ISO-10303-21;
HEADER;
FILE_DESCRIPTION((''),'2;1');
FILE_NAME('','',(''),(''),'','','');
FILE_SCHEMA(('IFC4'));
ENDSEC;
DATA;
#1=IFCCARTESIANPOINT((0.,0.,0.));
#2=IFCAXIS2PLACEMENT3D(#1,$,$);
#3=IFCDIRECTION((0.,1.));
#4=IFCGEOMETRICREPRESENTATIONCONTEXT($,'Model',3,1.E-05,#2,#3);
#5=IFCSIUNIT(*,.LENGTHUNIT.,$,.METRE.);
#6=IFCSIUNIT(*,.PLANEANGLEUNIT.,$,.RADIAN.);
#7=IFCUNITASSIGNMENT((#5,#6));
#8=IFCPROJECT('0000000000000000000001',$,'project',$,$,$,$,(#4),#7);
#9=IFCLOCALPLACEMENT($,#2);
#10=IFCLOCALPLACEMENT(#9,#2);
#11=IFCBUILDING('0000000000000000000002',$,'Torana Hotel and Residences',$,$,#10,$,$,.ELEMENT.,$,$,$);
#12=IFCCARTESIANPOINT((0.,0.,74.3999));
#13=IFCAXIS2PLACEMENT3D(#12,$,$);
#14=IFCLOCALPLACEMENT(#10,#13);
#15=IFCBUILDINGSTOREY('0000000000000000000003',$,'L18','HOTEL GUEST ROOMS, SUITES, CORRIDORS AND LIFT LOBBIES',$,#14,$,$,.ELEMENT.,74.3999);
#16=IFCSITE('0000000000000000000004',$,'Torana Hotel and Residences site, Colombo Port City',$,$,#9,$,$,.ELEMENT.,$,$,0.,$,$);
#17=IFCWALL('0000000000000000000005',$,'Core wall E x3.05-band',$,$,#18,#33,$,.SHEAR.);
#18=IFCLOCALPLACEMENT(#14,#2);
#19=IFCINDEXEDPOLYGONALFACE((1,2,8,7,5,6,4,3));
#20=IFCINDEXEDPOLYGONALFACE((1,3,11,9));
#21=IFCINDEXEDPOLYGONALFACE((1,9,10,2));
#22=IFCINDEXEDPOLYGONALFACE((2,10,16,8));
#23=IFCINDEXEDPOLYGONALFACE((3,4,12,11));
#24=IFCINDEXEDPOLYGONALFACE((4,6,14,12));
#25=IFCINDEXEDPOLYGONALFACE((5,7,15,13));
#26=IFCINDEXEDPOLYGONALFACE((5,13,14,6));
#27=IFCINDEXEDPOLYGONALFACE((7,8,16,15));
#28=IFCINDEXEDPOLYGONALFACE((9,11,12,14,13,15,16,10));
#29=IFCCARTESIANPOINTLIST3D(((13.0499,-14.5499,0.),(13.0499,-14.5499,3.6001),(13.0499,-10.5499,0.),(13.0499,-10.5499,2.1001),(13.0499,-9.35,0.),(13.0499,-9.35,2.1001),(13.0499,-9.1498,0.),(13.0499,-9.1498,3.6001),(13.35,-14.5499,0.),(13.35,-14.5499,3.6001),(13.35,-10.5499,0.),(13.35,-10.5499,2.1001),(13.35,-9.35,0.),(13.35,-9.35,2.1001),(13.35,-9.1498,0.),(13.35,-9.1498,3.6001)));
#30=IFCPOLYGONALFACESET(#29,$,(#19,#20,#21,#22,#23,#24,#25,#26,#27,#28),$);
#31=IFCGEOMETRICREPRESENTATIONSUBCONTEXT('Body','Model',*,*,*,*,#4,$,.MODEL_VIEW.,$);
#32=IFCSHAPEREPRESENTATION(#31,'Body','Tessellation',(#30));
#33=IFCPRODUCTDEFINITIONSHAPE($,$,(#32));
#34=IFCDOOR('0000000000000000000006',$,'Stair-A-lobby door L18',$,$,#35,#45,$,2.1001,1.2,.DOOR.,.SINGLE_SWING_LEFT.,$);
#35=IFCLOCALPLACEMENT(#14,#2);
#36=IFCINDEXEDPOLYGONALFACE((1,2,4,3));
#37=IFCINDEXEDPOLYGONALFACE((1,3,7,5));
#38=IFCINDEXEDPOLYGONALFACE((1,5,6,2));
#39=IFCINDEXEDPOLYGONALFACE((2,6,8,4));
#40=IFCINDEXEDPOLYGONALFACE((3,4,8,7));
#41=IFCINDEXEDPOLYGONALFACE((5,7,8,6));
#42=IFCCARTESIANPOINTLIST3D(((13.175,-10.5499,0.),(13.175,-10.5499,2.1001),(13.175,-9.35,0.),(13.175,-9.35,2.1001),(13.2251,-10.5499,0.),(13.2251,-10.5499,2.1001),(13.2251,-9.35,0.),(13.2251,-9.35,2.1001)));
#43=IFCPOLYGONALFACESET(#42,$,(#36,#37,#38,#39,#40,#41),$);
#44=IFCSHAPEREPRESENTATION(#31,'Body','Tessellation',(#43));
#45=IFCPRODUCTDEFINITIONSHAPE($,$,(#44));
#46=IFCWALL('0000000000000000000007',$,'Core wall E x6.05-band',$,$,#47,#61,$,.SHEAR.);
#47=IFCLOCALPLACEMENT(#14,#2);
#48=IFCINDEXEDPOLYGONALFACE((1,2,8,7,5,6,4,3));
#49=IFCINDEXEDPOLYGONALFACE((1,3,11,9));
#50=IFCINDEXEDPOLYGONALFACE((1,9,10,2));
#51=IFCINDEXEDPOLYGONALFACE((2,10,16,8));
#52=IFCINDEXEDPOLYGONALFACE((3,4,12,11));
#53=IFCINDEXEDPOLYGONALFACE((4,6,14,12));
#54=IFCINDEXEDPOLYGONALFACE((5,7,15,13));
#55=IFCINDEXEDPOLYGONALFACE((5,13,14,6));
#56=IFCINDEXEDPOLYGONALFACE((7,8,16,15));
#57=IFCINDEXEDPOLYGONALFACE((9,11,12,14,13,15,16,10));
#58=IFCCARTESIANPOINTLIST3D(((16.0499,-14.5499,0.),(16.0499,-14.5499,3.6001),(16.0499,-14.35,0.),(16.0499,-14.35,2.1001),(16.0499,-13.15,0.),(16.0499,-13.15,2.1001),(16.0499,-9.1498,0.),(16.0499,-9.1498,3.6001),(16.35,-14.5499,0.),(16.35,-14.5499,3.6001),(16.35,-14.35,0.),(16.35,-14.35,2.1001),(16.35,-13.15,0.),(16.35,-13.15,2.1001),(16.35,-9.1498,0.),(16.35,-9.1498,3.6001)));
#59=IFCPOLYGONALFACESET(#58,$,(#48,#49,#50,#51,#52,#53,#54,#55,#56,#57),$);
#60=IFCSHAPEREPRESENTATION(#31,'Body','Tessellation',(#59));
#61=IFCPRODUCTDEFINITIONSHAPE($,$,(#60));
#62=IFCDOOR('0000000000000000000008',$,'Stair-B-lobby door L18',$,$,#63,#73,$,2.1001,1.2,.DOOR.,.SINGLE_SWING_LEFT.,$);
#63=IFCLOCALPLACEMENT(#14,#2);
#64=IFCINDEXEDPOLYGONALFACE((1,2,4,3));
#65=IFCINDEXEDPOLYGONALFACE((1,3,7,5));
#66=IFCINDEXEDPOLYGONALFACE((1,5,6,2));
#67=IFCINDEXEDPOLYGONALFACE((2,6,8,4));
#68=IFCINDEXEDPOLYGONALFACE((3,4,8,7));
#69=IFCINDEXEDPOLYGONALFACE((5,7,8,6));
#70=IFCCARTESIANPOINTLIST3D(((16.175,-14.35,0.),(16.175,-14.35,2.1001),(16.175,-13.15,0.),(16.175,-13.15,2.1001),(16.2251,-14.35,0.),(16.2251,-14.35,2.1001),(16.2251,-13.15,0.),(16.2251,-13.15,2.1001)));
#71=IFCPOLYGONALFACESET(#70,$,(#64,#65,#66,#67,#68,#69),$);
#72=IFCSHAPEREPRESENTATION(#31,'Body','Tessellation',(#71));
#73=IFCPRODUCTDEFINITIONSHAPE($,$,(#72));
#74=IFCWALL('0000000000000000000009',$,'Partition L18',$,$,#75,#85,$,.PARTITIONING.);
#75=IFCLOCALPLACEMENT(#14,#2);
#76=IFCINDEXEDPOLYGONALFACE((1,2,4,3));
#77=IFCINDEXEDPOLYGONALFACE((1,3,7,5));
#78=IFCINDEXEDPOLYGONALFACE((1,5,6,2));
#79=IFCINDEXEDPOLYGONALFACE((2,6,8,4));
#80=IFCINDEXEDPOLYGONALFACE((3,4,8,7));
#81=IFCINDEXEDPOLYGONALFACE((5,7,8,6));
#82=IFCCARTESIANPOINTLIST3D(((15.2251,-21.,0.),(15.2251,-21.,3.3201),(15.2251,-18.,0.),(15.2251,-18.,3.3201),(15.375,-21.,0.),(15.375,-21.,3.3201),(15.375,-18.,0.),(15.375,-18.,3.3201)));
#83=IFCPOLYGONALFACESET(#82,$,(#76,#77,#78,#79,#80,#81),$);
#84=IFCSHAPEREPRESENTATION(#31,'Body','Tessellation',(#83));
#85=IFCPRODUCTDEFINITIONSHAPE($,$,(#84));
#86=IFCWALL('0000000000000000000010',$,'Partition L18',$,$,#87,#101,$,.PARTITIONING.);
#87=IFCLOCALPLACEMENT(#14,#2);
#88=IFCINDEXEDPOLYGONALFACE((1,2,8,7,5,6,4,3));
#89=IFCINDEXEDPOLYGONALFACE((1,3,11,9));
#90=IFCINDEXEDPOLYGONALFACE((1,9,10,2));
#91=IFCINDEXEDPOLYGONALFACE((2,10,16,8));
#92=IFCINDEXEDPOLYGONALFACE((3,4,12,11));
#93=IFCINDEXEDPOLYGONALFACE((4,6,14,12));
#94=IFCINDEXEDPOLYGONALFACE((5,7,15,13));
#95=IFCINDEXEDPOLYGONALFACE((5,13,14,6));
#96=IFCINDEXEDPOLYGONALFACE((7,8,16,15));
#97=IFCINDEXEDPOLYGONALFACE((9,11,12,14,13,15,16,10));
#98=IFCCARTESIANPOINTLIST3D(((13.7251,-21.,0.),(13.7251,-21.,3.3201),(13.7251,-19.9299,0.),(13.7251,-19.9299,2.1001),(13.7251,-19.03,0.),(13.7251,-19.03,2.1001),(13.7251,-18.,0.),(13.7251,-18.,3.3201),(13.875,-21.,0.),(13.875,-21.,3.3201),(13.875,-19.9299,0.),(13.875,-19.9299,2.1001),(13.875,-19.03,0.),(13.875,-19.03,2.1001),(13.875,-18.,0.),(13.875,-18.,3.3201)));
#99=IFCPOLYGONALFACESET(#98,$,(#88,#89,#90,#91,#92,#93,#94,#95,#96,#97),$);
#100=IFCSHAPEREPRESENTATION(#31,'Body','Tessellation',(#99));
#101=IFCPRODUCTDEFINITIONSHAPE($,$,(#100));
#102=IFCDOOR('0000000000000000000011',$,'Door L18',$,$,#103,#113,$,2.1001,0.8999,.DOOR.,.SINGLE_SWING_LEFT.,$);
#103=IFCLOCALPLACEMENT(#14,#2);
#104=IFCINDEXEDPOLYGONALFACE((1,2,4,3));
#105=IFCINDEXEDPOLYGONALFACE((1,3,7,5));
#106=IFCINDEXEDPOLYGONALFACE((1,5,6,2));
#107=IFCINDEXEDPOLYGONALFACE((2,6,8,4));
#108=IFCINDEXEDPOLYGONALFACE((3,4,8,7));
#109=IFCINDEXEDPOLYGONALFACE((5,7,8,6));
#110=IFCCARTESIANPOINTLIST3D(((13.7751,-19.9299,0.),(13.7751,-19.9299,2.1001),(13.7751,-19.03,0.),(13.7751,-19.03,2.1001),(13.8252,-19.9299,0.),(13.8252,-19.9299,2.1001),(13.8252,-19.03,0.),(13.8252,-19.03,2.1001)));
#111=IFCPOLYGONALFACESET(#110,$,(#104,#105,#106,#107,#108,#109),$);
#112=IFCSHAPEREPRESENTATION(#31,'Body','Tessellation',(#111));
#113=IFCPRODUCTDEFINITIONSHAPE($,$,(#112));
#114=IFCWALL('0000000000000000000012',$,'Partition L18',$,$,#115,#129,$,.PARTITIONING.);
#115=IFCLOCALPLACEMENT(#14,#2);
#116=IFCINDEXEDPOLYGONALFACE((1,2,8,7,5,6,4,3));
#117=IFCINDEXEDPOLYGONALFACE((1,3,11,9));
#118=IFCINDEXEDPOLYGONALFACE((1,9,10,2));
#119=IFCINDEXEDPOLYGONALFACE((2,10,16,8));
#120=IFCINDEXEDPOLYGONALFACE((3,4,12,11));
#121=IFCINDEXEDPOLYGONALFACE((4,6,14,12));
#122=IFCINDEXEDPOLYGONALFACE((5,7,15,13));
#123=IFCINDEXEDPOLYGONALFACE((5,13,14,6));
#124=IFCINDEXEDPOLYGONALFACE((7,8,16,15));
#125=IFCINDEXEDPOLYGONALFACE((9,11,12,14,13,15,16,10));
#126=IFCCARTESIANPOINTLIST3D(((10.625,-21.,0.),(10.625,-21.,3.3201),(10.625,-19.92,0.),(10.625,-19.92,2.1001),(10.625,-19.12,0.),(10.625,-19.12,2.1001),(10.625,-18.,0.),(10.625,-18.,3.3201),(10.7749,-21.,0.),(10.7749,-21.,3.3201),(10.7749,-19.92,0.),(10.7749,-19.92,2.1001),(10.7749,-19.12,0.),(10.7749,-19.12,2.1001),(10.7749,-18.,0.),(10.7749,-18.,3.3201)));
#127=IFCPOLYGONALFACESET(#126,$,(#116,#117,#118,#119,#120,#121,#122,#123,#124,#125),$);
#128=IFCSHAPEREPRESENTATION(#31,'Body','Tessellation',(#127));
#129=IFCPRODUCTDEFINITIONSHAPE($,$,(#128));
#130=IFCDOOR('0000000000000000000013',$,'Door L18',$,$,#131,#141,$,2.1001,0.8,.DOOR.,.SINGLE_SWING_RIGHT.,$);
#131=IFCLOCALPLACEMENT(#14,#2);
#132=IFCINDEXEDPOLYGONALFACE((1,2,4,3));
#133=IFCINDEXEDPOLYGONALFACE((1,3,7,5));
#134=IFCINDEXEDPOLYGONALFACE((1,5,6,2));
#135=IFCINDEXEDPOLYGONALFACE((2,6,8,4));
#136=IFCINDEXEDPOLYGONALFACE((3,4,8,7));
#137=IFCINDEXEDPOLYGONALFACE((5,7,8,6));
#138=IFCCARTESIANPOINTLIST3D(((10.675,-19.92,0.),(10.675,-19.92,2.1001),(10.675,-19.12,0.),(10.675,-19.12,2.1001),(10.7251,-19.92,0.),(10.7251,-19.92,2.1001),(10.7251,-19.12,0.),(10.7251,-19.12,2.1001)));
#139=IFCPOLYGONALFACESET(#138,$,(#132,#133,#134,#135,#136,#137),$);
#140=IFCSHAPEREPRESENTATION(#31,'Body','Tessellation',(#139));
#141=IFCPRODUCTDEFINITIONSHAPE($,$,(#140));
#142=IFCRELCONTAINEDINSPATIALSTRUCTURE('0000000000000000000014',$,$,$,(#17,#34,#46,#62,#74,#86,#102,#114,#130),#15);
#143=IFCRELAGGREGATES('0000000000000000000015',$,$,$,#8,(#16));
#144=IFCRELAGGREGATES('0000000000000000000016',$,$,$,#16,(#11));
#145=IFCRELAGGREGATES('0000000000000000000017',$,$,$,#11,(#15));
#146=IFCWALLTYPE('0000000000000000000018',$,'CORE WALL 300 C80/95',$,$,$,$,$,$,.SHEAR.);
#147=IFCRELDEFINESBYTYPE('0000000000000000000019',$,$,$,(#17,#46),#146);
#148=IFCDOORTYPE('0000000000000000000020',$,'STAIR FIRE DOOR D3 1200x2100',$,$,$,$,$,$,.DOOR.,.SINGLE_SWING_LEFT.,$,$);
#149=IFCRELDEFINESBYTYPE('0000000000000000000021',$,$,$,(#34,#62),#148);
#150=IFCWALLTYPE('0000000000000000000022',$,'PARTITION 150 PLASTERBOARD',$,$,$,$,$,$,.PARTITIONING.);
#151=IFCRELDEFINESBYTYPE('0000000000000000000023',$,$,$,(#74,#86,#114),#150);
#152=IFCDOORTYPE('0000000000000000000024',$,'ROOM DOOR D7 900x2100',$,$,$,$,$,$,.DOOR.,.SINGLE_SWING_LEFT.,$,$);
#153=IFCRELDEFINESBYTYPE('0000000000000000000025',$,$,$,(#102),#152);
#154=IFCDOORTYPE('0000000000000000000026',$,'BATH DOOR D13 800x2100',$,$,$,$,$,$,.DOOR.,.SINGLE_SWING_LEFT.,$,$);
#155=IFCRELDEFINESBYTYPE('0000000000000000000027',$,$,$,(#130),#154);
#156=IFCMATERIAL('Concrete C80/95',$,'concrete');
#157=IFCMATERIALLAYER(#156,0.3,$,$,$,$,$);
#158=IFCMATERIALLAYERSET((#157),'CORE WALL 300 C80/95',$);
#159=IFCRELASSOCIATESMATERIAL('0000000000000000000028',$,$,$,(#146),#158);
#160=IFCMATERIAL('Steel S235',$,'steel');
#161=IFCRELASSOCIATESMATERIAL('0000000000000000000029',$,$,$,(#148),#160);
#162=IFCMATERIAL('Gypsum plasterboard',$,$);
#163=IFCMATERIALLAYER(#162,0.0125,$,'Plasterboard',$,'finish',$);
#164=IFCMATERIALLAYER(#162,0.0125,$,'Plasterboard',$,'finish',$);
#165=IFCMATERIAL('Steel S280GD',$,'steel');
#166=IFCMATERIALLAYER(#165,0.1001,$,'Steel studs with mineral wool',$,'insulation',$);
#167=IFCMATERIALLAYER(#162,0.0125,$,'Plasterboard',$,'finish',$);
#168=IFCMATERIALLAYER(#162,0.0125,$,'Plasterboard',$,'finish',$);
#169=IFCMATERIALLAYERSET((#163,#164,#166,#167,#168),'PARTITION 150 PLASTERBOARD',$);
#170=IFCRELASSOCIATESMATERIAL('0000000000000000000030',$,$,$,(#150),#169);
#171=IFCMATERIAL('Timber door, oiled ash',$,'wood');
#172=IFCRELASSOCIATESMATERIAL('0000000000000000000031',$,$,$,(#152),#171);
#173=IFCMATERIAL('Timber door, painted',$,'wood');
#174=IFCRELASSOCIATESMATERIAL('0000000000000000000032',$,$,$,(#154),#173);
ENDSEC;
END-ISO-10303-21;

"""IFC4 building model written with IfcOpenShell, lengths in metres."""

from ifc_helpers import new_model, si_unit, direction, frame, frame_2d, origin, place, context, subcontext, project, spatial, rectangle, extrude, material, layer, layer_set, type_object, element, fill, save


model = new_model("IFC4")

# Units and contexts
model_context = context("Model", 3, precision=1e-05, world=origin(), true_north=direction((0.0, 1.0)))
body_context = subcontext(model_context, "Body", "Model", "MODEL_VIEW")
ifc_project = project(units=[si_unit("LENGTHUNIT", "METRE"), si_unit("PLANEANGLEUNIT", "RADIAN")], contexts=[model_context])

# Site, building, storey
site_placement = place(None, origin())
site = spatial("IfcSite", under=ifc_project, at=site_placement, Name="Torana Hotel and Residences site, Colombo Port City", CompositionType="ELEMENT", RefElevation=0.0)
building_placement = place(site_placement, origin())
building = spatial("IfcBuilding", under=site, at=building_placement, Name="Torana Hotel and Residences", CompositionType="ELEMENT")
storey_placement = place(building_placement, frame((0.0, 0.0, 74.3999)))
storey = spatial("IfcBuildingStorey", under=building, at=storey_placement, Name="L18", Description="HOTEL GUEST ROOMS, SUITES, CORRIDORS AND LIFT LOBBIES", CompositionType="ELEMENT", Elevation=74.3999)

# Walls, openings, doors
ifc_material_1 = material(Name="Concrete C80/95", Category="concrete")
ifc_layer_1 = layer(ifc_material_1, 0.3)
ifc_layer_set_1 = layer_set([ifc_layer_1], Name="CORE WALL 300 C80/95")
wall_type_1 = type_object("IfcWallType", Name="CORE WALL 300 C80/95", PredefinedType="SHEAR", material=ifc_layer_set_1)
wall_1_placement = place(storey_placement, frame((13.2, -14.55, 0.0), z_axis=(0.0, 0.0, 1.0), x_axis=(0.0, 1.0, 0.0)))
wall_1 = element("IfcWall", 1, at=wall_1_placement, inside=storey, type_object=wall_type_1, Name="Core wall E x3.05-band", PredefinedType="SHEAR", context=body_context, shape_type="SweptSolid", body=[
    extrude(rectangle(XDim=5.4001, YDim=0.3, at=frame_2d((2.7002, 0.0))), origin(), (0.0, 0.0, 1.0), 3.6001),
])
opening_1_placement = place(wall_1_placement, frame((4.0, 0.0, 0.0)))
opening_1 = element("IfcOpeningElement", 2, at=opening_1_placement, cuts=wall_1, PredefinedType="OPENING", context=body_context, shape_type="SweptSolid", body=[
    extrude(rectangle(XDim=1.2, YDim=2.1001, at=frame_2d((0.6001, 1.05))), frame((0.0, 0.1599, 0.0), z_axis=(0.0, -1.0, 0.0), x_axis=(1.0, 0.0, 0.0)), (0.0, 0.0, 1.0), 0.3201),
])
ifc_material_2 = material(Name="Steel S235", Category="steel")
door_type_1 = type_object("IfcDoorType", Name="STAIR FIRE DOOR D3 1200x2100", OperationType="SINGLE_SWING_LEFT", PredefinedType="DOOR", material=ifc_material_2)
door_1_placement = place(opening_1_placement, origin())
door_1 = element("IfcDoor", 3, at=door_1_placement, inside=storey, type_object=door_type_1, Name="Stair-A-lobby door L18", OperationType="SINGLE_SWING_LEFT", OverallHeight=2.1001, OverallWidth=1.2, PredefinedType="DOOR", context=body_context, shape_type="SweptSolid", body=[
    extrude(rectangle(XDim=1.2, YDim=2.1001, at=frame_2d((0.6001, 1.05))), frame((0.0, 0.0249, 0.0), z_axis=(0.0, -1.0, 0.0), x_axis=(1.0, 0.0, 0.0)), (0.0, 0.0, 1.0), 0.05),
])
fill(opening_1, door_1)
wall_2_placement = place(storey_placement, frame((16.2, -14.55, 0.0), z_axis=(0.0, 0.0, 1.0), x_axis=(0.0, 1.0, 0.0)))
wall_2 = element("IfcWall", 4, at=wall_2_placement, inside=storey, type_object=wall_type_1, Name="Core wall E x6.05-band", PredefinedType="SHEAR", context=body_context, shape_type="SweptSolid", body=[
    extrude(rectangle(XDim=5.4001, YDim=0.3, at=frame_2d((2.7002, 0.0))), origin(), (0.0, 0.0, 1.0), 3.6001),
])
opening_2_placement = place(wall_2_placement, frame((0.2, 0.0, 0.0)))
opening_2 = element("IfcOpeningElement", 5, at=opening_2_placement, cuts=wall_2, PredefinedType="OPENING", context=body_context, shape_type="SweptSolid", body=[
    extrude(rectangle(XDim=1.2, YDim=2.1001, at=frame_2d((0.6001, 1.05))), frame((0.0, 0.1599, 0.0), z_axis=(0.0, -1.0, 0.0), x_axis=(1.0, 0.0, 0.0)), (0.0, 0.0, 1.0), 0.3201),
])
door_2_placement = place(opening_2_placement, frame((0.6001, 0.0, 0.0), z_axis=(0.0, 0.0, 1.0), x_axis=(-1.0, 0.0, 0.0)))
door_2 = element("IfcDoor", 6, at=door_2_placement, inside=storey, type_object=door_type_1, Name="Stair-B-lobby door L18", OperationType="SINGLE_SWING_LEFT", OverallHeight=2.1001, OverallWidth=1.2, PredefinedType="DOOR", context=body_context, shape_type="SweptSolid", body=[
    extrude(rectangle(XDim=1.2, YDim=2.1001, at=frame_2d((0.0, 1.05))), frame((0.0, -0.0249, 0.0), z_axis=(0.0, 1.0, 0.0), x_axis=(-1.0, 0.0, 0.0)), (0.0, 0.0, 1.0), 0.05),
])
fill(opening_2, door_2)

# Wall
ifc_material_3 = material(Name="Gypsum plasterboard")
ifc_layer_2 = layer(ifc_material_3, 0.0125, Name="Plasterboard", Category="finish")
ifc_layer_3 = layer(ifc_material_3, 0.0125, Name="Plasterboard", Category="finish")
ifc_material_4 = material(Name="Steel S280GD", Category="steel")
ifc_layer_4 = layer(ifc_material_4, 0.1001, Name="Steel studs with mineral wool", Category="insulation")
ifc_layer_5 = layer(ifc_material_3, 0.0125, Name="Plasterboard", Category="finish")
ifc_layer_6 = layer(ifc_material_3, 0.0125, Name="Plasterboard", Category="finish")
ifc_layer_set_2 = layer_set([ifc_layer_2, ifc_layer_3, ifc_layer_4, ifc_layer_5, ifc_layer_6], Name="PARTITION 150 PLASTERBOARD")
wall_type_2 = type_object("IfcWallType", Name="PARTITION 150 PLASTERBOARD", PredefinedType="PARTITIONING", material=ifc_layer_set_2)
wall_3_placement = place(storey_placement, frame((15.3, -21.0, 0.0), z_axis=(0.0, 0.0, 1.0), x_axis=(0.0, 1.0, 0.0)))
element("IfcWall", 7, at=wall_3_placement, inside=storey, type_object=wall_type_2, Name="Partition L18", PredefinedType="PARTITIONING", context=body_context, shape_type="SweptSolid", body=[
    extrude(rectangle(XDim=3.0, YDim=0.1499, at=frame_2d((1.5, 0.0))), origin(), (0.0, 0.0, 1.0), 3.3201),
])

# Walls, openings, doors
wall_4_placement = place(storey_placement, frame((13.8, -21.0, 0.0), z_axis=(0.0, 0.0, 1.0), x_axis=(0.0, 1.0, 0.0)))
wall_4 = element("IfcWall", 8, at=wall_4_placement, inside=storey, type_object=wall_type_2, Name="Partition L18", PredefinedType="PARTITIONING", context=body_context, shape_type="SweptSolid", body=[
    extrude(rectangle(XDim=3.0, YDim=0.1499, at=frame_2d((1.5, 0.0))), origin(), (0.0, 0.0, 1.0), 3.3201),
])
opening_3_placement = place(wall_4_placement, frame((1.0701, 0.0, 0.0)))
opening_3 = element("IfcOpeningElement", 9, at=opening_3_placement, cuts=wall_4, PredefinedType="OPENING", context=body_context, shape_type="SweptSolid", body=[
    extrude(rectangle(XDim=0.8999, YDim=2.1001, at=frame_2d((0.45, 1.05))), frame((0.0, 0.085, 0.0), z_axis=(0.0, -1.0, 0.0), x_axis=(1.0, 0.0, 0.0)), (0.0, 0.0, 1.0), 0.1699),
])
ifc_material_5 = material(Name="Timber door, oiled ash", Category="wood")
door_type_2 = type_object("IfcDoorType", Name="ROOM DOOR D7 900x2100", OperationType="SINGLE_SWING_LEFT", PredefinedType="DOOR", material=ifc_material_5)
door_3_placement = place(opening_3_placement, origin())
door_3 = element("IfcDoor", 10, at=door_3_placement, inside=storey, type_object=door_type_2, Name="Door L18", OperationType="SINGLE_SWING_LEFT", OverallHeight=2.1001, OverallWidth=0.8999, PredefinedType="DOOR", context=body_context, shape_type="SweptSolid", body=[
    extrude(rectangle(XDim=0.8999, YDim=2.1001, at=frame_2d((0.45, 1.05))), frame((0.0, 0.0249, 0.0), z_axis=(0.0, -1.0, 0.0), x_axis=(1.0, 0.0, 0.0)), (0.0, 0.0, 1.0), 0.05),
])
fill(opening_3, door_3)
wall_5_placement = place(storey_placement, frame((10.7, -21.0, 0.0), z_axis=(0.0, 0.0, 1.0), x_axis=(0.0, 1.0, 0.0)))
wall_5 = element("IfcWall", 11, at=wall_5_placement, inside=storey, type_object=wall_type_2, Name="Partition L18", PredefinedType="PARTITIONING", context=body_context, shape_type="SweptSolid", body=[
    extrude(rectangle(XDim=3.0, YDim=0.1499, at=frame_2d((1.5, 0.0))), origin(), (0.0, 0.0, 1.0), 3.3201),
])
opening_4_placement = place(wall_5_placement, frame((1.0801, 0.0, 0.0)))
opening_4 = element("IfcOpeningElement", 12, at=opening_4_placement, cuts=wall_5, PredefinedType="OPENING", context=body_context, shape_type="SweptSolid", body=[
    extrude(rectangle(XDim=0.8, YDim=2.1001, at=frame_2d((0.3999, 1.05))), frame((0.0, 0.085, 0.0), z_axis=(0.0, -1.0, 0.0), x_axis=(1.0, 0.0, 0.0)), (0.0, 0.0, 1.0), 0.1699),
])
ifc_material_6 = material(Name="Timber door, painted", Category="wood")
door_type_3 = type_object("IfcDoorType", Name="BATH DOOR D13 800x2100", OperationType="SINGLE_SWING_LEFT", PredefinedType="DOOR", material=ifc_material_6)
door_4_placement = place(opening_4_placement, origin())
door_4 = element("IfcDoor", 13, at=door_4_placement, inside=storey, type_object=door_type_3, Name="Door L18", OperationType="SINGLE_SWING_RIGHT", OverallHeight=2.1001, OverallWidth=0.8, PredefinedType="DOOR", context=body_context, shape_type="SweptSolid", body=[
    extrude(rectangle(XDim=0.8, YDim=2.1001, at=frame_2d((0.3999, 1.05))), frame((0.0, 0.0249, 0.0), z_axis=(0.0, -1.0, 0.0), x_axis=(1.0, 0.0, 0.0)), (0.0, 0.0, 1.0), 0.05),
])
fill(opening_4, door_4)

save(model, "model.ifc")
